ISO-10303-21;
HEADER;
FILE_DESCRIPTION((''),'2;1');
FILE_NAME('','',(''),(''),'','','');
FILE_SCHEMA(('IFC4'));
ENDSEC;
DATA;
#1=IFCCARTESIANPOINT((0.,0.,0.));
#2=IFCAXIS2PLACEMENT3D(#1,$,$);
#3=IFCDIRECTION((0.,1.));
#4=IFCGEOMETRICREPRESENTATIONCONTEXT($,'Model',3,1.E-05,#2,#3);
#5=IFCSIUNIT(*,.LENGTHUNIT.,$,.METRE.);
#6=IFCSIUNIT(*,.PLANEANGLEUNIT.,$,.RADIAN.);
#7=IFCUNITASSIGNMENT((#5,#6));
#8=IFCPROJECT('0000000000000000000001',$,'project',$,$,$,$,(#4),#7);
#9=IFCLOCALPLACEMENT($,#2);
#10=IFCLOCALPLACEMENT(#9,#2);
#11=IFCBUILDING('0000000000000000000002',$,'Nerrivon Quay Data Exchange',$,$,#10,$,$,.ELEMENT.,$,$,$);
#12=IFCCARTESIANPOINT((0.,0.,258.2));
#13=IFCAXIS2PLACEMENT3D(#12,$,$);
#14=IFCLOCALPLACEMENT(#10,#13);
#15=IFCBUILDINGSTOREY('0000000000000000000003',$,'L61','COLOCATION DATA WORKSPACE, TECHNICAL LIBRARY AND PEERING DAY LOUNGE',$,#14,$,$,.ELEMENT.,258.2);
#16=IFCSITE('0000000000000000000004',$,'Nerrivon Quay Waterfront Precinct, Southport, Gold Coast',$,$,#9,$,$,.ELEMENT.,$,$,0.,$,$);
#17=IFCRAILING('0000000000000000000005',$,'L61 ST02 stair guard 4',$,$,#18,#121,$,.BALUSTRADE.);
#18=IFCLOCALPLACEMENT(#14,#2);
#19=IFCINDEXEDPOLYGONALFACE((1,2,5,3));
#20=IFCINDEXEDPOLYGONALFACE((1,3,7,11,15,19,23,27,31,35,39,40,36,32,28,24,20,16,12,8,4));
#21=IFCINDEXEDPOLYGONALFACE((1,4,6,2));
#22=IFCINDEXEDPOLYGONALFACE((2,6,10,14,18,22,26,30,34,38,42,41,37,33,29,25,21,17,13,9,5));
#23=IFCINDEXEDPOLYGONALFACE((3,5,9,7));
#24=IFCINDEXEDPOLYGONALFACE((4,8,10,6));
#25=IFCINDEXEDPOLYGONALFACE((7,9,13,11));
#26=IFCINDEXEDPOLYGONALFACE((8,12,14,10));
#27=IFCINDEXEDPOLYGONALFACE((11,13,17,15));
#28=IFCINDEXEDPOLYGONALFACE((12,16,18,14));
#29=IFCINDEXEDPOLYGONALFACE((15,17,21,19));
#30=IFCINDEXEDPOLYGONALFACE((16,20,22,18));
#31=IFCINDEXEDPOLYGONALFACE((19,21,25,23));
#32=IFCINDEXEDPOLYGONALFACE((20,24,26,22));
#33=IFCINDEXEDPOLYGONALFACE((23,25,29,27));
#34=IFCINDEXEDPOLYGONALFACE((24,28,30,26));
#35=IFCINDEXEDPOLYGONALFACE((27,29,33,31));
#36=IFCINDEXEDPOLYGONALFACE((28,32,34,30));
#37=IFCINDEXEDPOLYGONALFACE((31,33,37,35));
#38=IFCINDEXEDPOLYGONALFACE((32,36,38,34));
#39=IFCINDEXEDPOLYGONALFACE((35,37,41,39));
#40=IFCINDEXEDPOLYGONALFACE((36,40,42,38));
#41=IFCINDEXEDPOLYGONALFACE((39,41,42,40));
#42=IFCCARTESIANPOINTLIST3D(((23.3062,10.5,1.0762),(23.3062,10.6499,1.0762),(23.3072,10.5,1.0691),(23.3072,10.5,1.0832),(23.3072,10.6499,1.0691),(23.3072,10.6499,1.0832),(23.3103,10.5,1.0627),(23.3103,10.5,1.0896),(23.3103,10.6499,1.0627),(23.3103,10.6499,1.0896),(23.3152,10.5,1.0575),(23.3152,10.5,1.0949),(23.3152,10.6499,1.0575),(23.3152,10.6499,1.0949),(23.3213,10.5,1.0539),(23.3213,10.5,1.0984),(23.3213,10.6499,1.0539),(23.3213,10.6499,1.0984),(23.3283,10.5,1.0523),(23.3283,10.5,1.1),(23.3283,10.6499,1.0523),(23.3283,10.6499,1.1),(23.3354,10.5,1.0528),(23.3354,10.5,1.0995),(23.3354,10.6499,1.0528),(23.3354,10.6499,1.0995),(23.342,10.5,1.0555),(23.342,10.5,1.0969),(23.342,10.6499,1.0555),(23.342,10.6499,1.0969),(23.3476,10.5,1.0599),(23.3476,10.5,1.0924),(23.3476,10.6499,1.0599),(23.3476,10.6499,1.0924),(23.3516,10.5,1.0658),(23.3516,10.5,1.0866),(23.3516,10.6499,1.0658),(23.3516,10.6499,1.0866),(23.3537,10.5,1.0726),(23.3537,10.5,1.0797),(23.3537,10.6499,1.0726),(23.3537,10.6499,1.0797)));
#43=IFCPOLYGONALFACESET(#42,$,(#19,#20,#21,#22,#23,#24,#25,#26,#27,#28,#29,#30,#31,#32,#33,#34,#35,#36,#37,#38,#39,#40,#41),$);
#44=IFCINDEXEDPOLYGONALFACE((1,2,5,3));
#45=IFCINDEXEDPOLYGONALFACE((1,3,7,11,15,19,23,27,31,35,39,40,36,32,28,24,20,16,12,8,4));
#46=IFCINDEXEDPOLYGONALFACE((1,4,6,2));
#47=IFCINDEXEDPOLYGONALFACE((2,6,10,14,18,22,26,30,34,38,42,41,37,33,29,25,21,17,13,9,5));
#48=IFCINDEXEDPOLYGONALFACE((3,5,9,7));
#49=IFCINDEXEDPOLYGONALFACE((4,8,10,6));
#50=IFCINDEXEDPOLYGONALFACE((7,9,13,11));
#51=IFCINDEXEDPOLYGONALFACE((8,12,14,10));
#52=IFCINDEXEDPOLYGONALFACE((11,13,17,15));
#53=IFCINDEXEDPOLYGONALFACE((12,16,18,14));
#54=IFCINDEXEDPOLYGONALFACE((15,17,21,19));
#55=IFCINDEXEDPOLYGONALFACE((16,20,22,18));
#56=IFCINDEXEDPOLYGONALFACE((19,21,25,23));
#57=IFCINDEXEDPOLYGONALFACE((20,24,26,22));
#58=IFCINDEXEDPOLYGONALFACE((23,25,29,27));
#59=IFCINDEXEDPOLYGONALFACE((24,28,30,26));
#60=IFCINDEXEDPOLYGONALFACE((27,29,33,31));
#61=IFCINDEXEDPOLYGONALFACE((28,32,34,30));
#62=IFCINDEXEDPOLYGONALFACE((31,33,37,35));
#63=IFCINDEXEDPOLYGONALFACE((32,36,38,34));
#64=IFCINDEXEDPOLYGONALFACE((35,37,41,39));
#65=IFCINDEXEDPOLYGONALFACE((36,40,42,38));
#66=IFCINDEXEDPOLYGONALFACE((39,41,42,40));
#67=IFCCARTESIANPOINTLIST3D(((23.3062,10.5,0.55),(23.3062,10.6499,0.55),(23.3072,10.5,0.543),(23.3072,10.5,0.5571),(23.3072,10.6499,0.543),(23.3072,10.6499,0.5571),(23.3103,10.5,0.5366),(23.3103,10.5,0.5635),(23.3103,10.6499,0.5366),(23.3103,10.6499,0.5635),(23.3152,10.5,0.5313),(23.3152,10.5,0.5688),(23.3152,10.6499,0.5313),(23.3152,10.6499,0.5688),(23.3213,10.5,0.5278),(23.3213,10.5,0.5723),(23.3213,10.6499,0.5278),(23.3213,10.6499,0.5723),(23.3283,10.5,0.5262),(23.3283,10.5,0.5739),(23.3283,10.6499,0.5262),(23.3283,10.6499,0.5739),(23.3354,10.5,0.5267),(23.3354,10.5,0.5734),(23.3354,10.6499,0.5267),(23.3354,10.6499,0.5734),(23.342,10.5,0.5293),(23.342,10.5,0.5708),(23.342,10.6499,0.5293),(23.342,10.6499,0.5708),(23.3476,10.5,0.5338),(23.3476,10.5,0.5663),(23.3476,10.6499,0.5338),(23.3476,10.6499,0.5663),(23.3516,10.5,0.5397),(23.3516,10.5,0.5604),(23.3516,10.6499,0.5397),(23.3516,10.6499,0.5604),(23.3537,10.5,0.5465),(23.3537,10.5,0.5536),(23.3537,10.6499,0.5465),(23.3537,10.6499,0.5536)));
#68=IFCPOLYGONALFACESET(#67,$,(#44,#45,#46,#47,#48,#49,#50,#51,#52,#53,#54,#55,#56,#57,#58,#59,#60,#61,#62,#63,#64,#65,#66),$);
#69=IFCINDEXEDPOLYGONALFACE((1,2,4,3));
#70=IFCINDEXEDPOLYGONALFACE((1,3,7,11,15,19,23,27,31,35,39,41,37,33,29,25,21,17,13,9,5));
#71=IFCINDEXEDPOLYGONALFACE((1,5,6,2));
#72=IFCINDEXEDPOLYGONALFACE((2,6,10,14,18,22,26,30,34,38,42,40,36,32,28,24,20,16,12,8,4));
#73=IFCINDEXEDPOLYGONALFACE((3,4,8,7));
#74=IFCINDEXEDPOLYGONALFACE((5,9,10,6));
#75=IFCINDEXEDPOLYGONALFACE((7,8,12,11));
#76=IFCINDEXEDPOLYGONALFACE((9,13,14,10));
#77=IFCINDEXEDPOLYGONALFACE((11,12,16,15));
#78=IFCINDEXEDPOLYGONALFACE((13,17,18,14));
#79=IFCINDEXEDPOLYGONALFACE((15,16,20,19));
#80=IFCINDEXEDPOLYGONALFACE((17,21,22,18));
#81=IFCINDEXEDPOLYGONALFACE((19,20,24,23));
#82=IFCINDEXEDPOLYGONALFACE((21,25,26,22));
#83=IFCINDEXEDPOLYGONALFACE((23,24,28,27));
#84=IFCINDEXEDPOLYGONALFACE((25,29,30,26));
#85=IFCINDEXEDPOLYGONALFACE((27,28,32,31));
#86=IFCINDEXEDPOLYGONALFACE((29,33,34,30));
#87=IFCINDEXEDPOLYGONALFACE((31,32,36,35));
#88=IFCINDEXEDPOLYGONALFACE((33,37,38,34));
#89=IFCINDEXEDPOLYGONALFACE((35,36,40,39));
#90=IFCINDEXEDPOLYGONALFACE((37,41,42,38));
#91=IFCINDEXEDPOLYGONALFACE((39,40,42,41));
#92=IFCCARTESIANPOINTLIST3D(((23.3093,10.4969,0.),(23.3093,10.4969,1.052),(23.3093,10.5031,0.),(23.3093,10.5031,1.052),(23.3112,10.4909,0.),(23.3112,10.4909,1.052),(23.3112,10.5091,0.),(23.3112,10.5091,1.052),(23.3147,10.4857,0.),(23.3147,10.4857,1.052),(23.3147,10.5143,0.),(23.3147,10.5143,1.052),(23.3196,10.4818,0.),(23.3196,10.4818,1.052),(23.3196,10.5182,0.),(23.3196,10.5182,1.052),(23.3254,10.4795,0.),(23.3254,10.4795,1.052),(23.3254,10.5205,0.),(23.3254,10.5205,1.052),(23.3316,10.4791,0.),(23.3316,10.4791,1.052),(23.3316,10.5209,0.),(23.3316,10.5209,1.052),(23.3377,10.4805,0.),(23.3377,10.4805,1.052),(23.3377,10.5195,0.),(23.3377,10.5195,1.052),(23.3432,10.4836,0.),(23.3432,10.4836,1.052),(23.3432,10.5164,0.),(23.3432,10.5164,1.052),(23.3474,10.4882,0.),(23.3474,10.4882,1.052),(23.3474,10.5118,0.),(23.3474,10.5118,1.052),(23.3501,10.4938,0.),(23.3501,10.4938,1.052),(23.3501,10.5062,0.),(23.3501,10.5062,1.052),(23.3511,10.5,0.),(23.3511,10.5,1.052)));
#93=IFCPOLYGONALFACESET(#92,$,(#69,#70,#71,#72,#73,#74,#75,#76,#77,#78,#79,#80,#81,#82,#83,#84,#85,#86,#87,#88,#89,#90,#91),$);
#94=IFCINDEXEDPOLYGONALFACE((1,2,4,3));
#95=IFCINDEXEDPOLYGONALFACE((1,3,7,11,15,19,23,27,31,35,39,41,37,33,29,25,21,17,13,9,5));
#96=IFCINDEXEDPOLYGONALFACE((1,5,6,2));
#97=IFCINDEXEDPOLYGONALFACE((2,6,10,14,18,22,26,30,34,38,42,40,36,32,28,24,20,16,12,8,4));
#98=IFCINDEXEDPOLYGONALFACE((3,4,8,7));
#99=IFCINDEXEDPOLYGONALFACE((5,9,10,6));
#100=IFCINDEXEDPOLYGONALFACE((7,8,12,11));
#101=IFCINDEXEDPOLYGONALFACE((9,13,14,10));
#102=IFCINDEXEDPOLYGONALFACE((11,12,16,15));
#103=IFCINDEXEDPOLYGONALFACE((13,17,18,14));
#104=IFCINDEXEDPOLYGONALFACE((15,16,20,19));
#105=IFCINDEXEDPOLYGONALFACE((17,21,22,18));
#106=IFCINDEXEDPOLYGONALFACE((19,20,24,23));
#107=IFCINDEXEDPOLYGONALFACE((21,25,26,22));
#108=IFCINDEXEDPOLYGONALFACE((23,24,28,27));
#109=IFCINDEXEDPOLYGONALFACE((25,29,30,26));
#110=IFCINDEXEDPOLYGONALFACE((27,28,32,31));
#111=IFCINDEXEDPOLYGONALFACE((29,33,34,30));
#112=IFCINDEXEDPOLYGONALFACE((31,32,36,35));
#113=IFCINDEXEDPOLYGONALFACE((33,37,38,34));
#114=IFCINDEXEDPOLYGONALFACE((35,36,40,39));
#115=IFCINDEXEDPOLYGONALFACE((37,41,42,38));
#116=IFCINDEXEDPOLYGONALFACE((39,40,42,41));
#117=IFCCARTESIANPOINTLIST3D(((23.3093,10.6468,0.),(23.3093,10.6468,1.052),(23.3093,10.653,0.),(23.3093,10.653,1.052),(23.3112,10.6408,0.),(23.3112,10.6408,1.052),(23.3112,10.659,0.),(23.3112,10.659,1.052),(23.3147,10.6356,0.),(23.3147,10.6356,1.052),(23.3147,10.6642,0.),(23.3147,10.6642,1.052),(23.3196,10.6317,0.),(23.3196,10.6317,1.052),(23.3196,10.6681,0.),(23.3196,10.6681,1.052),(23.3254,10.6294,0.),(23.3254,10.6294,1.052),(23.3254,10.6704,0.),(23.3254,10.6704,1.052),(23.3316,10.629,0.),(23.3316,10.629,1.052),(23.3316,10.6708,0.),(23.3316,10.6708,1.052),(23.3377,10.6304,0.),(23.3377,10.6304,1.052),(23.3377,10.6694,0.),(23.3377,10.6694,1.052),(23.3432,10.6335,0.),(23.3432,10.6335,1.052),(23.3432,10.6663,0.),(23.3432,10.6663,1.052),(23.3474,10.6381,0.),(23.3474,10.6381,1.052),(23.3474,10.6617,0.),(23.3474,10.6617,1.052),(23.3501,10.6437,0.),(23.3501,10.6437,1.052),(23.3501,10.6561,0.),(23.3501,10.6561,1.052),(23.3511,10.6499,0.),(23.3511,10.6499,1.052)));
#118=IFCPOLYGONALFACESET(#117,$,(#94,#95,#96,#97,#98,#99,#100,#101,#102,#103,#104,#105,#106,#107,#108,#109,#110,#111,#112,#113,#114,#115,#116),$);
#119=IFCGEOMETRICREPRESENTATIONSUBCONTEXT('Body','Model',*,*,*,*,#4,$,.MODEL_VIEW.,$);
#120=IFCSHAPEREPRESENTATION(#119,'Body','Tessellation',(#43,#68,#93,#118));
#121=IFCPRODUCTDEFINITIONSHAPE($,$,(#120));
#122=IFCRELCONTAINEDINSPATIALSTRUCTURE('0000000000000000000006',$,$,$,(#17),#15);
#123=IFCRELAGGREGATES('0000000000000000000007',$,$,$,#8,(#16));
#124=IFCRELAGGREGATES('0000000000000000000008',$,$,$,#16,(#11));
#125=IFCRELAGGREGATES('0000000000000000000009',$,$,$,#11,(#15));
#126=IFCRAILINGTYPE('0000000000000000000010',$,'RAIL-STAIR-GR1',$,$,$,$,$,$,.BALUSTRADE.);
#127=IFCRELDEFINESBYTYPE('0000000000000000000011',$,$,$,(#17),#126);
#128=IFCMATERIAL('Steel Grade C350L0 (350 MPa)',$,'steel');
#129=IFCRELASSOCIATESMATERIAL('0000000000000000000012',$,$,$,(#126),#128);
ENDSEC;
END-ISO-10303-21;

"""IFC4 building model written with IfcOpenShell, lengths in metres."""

from ifc_helpers import new_model, si_unit, direction, frame, origin, origin_2d, place, context, subcontext, project, spatial, circle, extrude, material, type_object, element, save


model = new_model("IFC4")

# Units and contexts
model_context = context("Model", 3, precision=1e-05, world=origin(), true_north=direction((0.0, 1.0)))
body_context = subcontext(model_context, "Body", "Model", "MODEL_VIEW")
ifc_project = project(units=[si_unit("LENGTHUNIT", "METRE"), si_unit("PLANEANGLEUNIT", "RADIAN")], contexts=[model_context])

# Site, building, storey
site_placement = place(None, origin())
site = spatial("IfcSite", under=ifc_project, at=site_placement, Name="Nerrivon Quay Waterfront Precinct, Southport, Gold Coast", CompositionType="ELEMENT", RefElevation=0.0)
building_placement = place(site_placement, origin())
building = spatial("IfcBuilding", under=site, at=building_placement, Name="Nerrivon Quay Data Exchange", CompositionType="ELEMENT")
storey_placement = place(building_placement, frame((0.0, 0.0, 258.2)))
storey = spatial("IfcBuildingStorey", under=building, at=storey_placement, Name="L61", Description="COLOCATION DATA WORKSPACE, TECHNICAL LIBRARY AND PEERING DAY LOUNGE", CompositionType="ELEMENT", Elevation=258.2)

# Railing
ifc_material_1 = material(Name="Steel Grade C350L0 (350 MPa)", Category="steel")
railing_type_1 = type_object("IfcRailingType", Name="RAIL-STAIR-GR1", PredefinedType="BALUSTRADE", material=ifc_material_1)
railing_1_placement = place(storey_placement, frame((23.3301, 10.5, 0.0)))
element("IfcRailing", 1, at=railing_1_placement, inside=storey, type_object=railing_type_1, Name="L61 ST02 stair guard 4", PredefinedType="BALUSTRADE", context=body_context, shape_type="SweptSolid", body=[
    extrude(circle(Radius=0.0239, at=origin_2d()), frame((0.0, 0.0, 1.0762), z_axis=(0.0, 1.0, 0.0), x_axis=(-1.0, 0.0, 0.0)), (0.0, 0.0, 1.0), 0.1499),
    extrude(circle(Radius=0.0239, at=origin_2d()), frame((0.0, 0.0, 0.55), z_axis=(0.0, 1.0, 0.0), x_axis=(-1.0, 0.0, 0.0)), (0.0, 0.0, 1.0), 0.1499),
    extrude(circle(Radius=0.021, at=origin_2d()), origin(), (0.0, 0.0, 1.0), 1.052),
    extrude(circle(Radius=0.021, at=origin_2d()), frame((0.0, 0.1499, 0.0)), (0.0, 0.0, 1.0), 1.052),
])

save(model, "model.ifc")
